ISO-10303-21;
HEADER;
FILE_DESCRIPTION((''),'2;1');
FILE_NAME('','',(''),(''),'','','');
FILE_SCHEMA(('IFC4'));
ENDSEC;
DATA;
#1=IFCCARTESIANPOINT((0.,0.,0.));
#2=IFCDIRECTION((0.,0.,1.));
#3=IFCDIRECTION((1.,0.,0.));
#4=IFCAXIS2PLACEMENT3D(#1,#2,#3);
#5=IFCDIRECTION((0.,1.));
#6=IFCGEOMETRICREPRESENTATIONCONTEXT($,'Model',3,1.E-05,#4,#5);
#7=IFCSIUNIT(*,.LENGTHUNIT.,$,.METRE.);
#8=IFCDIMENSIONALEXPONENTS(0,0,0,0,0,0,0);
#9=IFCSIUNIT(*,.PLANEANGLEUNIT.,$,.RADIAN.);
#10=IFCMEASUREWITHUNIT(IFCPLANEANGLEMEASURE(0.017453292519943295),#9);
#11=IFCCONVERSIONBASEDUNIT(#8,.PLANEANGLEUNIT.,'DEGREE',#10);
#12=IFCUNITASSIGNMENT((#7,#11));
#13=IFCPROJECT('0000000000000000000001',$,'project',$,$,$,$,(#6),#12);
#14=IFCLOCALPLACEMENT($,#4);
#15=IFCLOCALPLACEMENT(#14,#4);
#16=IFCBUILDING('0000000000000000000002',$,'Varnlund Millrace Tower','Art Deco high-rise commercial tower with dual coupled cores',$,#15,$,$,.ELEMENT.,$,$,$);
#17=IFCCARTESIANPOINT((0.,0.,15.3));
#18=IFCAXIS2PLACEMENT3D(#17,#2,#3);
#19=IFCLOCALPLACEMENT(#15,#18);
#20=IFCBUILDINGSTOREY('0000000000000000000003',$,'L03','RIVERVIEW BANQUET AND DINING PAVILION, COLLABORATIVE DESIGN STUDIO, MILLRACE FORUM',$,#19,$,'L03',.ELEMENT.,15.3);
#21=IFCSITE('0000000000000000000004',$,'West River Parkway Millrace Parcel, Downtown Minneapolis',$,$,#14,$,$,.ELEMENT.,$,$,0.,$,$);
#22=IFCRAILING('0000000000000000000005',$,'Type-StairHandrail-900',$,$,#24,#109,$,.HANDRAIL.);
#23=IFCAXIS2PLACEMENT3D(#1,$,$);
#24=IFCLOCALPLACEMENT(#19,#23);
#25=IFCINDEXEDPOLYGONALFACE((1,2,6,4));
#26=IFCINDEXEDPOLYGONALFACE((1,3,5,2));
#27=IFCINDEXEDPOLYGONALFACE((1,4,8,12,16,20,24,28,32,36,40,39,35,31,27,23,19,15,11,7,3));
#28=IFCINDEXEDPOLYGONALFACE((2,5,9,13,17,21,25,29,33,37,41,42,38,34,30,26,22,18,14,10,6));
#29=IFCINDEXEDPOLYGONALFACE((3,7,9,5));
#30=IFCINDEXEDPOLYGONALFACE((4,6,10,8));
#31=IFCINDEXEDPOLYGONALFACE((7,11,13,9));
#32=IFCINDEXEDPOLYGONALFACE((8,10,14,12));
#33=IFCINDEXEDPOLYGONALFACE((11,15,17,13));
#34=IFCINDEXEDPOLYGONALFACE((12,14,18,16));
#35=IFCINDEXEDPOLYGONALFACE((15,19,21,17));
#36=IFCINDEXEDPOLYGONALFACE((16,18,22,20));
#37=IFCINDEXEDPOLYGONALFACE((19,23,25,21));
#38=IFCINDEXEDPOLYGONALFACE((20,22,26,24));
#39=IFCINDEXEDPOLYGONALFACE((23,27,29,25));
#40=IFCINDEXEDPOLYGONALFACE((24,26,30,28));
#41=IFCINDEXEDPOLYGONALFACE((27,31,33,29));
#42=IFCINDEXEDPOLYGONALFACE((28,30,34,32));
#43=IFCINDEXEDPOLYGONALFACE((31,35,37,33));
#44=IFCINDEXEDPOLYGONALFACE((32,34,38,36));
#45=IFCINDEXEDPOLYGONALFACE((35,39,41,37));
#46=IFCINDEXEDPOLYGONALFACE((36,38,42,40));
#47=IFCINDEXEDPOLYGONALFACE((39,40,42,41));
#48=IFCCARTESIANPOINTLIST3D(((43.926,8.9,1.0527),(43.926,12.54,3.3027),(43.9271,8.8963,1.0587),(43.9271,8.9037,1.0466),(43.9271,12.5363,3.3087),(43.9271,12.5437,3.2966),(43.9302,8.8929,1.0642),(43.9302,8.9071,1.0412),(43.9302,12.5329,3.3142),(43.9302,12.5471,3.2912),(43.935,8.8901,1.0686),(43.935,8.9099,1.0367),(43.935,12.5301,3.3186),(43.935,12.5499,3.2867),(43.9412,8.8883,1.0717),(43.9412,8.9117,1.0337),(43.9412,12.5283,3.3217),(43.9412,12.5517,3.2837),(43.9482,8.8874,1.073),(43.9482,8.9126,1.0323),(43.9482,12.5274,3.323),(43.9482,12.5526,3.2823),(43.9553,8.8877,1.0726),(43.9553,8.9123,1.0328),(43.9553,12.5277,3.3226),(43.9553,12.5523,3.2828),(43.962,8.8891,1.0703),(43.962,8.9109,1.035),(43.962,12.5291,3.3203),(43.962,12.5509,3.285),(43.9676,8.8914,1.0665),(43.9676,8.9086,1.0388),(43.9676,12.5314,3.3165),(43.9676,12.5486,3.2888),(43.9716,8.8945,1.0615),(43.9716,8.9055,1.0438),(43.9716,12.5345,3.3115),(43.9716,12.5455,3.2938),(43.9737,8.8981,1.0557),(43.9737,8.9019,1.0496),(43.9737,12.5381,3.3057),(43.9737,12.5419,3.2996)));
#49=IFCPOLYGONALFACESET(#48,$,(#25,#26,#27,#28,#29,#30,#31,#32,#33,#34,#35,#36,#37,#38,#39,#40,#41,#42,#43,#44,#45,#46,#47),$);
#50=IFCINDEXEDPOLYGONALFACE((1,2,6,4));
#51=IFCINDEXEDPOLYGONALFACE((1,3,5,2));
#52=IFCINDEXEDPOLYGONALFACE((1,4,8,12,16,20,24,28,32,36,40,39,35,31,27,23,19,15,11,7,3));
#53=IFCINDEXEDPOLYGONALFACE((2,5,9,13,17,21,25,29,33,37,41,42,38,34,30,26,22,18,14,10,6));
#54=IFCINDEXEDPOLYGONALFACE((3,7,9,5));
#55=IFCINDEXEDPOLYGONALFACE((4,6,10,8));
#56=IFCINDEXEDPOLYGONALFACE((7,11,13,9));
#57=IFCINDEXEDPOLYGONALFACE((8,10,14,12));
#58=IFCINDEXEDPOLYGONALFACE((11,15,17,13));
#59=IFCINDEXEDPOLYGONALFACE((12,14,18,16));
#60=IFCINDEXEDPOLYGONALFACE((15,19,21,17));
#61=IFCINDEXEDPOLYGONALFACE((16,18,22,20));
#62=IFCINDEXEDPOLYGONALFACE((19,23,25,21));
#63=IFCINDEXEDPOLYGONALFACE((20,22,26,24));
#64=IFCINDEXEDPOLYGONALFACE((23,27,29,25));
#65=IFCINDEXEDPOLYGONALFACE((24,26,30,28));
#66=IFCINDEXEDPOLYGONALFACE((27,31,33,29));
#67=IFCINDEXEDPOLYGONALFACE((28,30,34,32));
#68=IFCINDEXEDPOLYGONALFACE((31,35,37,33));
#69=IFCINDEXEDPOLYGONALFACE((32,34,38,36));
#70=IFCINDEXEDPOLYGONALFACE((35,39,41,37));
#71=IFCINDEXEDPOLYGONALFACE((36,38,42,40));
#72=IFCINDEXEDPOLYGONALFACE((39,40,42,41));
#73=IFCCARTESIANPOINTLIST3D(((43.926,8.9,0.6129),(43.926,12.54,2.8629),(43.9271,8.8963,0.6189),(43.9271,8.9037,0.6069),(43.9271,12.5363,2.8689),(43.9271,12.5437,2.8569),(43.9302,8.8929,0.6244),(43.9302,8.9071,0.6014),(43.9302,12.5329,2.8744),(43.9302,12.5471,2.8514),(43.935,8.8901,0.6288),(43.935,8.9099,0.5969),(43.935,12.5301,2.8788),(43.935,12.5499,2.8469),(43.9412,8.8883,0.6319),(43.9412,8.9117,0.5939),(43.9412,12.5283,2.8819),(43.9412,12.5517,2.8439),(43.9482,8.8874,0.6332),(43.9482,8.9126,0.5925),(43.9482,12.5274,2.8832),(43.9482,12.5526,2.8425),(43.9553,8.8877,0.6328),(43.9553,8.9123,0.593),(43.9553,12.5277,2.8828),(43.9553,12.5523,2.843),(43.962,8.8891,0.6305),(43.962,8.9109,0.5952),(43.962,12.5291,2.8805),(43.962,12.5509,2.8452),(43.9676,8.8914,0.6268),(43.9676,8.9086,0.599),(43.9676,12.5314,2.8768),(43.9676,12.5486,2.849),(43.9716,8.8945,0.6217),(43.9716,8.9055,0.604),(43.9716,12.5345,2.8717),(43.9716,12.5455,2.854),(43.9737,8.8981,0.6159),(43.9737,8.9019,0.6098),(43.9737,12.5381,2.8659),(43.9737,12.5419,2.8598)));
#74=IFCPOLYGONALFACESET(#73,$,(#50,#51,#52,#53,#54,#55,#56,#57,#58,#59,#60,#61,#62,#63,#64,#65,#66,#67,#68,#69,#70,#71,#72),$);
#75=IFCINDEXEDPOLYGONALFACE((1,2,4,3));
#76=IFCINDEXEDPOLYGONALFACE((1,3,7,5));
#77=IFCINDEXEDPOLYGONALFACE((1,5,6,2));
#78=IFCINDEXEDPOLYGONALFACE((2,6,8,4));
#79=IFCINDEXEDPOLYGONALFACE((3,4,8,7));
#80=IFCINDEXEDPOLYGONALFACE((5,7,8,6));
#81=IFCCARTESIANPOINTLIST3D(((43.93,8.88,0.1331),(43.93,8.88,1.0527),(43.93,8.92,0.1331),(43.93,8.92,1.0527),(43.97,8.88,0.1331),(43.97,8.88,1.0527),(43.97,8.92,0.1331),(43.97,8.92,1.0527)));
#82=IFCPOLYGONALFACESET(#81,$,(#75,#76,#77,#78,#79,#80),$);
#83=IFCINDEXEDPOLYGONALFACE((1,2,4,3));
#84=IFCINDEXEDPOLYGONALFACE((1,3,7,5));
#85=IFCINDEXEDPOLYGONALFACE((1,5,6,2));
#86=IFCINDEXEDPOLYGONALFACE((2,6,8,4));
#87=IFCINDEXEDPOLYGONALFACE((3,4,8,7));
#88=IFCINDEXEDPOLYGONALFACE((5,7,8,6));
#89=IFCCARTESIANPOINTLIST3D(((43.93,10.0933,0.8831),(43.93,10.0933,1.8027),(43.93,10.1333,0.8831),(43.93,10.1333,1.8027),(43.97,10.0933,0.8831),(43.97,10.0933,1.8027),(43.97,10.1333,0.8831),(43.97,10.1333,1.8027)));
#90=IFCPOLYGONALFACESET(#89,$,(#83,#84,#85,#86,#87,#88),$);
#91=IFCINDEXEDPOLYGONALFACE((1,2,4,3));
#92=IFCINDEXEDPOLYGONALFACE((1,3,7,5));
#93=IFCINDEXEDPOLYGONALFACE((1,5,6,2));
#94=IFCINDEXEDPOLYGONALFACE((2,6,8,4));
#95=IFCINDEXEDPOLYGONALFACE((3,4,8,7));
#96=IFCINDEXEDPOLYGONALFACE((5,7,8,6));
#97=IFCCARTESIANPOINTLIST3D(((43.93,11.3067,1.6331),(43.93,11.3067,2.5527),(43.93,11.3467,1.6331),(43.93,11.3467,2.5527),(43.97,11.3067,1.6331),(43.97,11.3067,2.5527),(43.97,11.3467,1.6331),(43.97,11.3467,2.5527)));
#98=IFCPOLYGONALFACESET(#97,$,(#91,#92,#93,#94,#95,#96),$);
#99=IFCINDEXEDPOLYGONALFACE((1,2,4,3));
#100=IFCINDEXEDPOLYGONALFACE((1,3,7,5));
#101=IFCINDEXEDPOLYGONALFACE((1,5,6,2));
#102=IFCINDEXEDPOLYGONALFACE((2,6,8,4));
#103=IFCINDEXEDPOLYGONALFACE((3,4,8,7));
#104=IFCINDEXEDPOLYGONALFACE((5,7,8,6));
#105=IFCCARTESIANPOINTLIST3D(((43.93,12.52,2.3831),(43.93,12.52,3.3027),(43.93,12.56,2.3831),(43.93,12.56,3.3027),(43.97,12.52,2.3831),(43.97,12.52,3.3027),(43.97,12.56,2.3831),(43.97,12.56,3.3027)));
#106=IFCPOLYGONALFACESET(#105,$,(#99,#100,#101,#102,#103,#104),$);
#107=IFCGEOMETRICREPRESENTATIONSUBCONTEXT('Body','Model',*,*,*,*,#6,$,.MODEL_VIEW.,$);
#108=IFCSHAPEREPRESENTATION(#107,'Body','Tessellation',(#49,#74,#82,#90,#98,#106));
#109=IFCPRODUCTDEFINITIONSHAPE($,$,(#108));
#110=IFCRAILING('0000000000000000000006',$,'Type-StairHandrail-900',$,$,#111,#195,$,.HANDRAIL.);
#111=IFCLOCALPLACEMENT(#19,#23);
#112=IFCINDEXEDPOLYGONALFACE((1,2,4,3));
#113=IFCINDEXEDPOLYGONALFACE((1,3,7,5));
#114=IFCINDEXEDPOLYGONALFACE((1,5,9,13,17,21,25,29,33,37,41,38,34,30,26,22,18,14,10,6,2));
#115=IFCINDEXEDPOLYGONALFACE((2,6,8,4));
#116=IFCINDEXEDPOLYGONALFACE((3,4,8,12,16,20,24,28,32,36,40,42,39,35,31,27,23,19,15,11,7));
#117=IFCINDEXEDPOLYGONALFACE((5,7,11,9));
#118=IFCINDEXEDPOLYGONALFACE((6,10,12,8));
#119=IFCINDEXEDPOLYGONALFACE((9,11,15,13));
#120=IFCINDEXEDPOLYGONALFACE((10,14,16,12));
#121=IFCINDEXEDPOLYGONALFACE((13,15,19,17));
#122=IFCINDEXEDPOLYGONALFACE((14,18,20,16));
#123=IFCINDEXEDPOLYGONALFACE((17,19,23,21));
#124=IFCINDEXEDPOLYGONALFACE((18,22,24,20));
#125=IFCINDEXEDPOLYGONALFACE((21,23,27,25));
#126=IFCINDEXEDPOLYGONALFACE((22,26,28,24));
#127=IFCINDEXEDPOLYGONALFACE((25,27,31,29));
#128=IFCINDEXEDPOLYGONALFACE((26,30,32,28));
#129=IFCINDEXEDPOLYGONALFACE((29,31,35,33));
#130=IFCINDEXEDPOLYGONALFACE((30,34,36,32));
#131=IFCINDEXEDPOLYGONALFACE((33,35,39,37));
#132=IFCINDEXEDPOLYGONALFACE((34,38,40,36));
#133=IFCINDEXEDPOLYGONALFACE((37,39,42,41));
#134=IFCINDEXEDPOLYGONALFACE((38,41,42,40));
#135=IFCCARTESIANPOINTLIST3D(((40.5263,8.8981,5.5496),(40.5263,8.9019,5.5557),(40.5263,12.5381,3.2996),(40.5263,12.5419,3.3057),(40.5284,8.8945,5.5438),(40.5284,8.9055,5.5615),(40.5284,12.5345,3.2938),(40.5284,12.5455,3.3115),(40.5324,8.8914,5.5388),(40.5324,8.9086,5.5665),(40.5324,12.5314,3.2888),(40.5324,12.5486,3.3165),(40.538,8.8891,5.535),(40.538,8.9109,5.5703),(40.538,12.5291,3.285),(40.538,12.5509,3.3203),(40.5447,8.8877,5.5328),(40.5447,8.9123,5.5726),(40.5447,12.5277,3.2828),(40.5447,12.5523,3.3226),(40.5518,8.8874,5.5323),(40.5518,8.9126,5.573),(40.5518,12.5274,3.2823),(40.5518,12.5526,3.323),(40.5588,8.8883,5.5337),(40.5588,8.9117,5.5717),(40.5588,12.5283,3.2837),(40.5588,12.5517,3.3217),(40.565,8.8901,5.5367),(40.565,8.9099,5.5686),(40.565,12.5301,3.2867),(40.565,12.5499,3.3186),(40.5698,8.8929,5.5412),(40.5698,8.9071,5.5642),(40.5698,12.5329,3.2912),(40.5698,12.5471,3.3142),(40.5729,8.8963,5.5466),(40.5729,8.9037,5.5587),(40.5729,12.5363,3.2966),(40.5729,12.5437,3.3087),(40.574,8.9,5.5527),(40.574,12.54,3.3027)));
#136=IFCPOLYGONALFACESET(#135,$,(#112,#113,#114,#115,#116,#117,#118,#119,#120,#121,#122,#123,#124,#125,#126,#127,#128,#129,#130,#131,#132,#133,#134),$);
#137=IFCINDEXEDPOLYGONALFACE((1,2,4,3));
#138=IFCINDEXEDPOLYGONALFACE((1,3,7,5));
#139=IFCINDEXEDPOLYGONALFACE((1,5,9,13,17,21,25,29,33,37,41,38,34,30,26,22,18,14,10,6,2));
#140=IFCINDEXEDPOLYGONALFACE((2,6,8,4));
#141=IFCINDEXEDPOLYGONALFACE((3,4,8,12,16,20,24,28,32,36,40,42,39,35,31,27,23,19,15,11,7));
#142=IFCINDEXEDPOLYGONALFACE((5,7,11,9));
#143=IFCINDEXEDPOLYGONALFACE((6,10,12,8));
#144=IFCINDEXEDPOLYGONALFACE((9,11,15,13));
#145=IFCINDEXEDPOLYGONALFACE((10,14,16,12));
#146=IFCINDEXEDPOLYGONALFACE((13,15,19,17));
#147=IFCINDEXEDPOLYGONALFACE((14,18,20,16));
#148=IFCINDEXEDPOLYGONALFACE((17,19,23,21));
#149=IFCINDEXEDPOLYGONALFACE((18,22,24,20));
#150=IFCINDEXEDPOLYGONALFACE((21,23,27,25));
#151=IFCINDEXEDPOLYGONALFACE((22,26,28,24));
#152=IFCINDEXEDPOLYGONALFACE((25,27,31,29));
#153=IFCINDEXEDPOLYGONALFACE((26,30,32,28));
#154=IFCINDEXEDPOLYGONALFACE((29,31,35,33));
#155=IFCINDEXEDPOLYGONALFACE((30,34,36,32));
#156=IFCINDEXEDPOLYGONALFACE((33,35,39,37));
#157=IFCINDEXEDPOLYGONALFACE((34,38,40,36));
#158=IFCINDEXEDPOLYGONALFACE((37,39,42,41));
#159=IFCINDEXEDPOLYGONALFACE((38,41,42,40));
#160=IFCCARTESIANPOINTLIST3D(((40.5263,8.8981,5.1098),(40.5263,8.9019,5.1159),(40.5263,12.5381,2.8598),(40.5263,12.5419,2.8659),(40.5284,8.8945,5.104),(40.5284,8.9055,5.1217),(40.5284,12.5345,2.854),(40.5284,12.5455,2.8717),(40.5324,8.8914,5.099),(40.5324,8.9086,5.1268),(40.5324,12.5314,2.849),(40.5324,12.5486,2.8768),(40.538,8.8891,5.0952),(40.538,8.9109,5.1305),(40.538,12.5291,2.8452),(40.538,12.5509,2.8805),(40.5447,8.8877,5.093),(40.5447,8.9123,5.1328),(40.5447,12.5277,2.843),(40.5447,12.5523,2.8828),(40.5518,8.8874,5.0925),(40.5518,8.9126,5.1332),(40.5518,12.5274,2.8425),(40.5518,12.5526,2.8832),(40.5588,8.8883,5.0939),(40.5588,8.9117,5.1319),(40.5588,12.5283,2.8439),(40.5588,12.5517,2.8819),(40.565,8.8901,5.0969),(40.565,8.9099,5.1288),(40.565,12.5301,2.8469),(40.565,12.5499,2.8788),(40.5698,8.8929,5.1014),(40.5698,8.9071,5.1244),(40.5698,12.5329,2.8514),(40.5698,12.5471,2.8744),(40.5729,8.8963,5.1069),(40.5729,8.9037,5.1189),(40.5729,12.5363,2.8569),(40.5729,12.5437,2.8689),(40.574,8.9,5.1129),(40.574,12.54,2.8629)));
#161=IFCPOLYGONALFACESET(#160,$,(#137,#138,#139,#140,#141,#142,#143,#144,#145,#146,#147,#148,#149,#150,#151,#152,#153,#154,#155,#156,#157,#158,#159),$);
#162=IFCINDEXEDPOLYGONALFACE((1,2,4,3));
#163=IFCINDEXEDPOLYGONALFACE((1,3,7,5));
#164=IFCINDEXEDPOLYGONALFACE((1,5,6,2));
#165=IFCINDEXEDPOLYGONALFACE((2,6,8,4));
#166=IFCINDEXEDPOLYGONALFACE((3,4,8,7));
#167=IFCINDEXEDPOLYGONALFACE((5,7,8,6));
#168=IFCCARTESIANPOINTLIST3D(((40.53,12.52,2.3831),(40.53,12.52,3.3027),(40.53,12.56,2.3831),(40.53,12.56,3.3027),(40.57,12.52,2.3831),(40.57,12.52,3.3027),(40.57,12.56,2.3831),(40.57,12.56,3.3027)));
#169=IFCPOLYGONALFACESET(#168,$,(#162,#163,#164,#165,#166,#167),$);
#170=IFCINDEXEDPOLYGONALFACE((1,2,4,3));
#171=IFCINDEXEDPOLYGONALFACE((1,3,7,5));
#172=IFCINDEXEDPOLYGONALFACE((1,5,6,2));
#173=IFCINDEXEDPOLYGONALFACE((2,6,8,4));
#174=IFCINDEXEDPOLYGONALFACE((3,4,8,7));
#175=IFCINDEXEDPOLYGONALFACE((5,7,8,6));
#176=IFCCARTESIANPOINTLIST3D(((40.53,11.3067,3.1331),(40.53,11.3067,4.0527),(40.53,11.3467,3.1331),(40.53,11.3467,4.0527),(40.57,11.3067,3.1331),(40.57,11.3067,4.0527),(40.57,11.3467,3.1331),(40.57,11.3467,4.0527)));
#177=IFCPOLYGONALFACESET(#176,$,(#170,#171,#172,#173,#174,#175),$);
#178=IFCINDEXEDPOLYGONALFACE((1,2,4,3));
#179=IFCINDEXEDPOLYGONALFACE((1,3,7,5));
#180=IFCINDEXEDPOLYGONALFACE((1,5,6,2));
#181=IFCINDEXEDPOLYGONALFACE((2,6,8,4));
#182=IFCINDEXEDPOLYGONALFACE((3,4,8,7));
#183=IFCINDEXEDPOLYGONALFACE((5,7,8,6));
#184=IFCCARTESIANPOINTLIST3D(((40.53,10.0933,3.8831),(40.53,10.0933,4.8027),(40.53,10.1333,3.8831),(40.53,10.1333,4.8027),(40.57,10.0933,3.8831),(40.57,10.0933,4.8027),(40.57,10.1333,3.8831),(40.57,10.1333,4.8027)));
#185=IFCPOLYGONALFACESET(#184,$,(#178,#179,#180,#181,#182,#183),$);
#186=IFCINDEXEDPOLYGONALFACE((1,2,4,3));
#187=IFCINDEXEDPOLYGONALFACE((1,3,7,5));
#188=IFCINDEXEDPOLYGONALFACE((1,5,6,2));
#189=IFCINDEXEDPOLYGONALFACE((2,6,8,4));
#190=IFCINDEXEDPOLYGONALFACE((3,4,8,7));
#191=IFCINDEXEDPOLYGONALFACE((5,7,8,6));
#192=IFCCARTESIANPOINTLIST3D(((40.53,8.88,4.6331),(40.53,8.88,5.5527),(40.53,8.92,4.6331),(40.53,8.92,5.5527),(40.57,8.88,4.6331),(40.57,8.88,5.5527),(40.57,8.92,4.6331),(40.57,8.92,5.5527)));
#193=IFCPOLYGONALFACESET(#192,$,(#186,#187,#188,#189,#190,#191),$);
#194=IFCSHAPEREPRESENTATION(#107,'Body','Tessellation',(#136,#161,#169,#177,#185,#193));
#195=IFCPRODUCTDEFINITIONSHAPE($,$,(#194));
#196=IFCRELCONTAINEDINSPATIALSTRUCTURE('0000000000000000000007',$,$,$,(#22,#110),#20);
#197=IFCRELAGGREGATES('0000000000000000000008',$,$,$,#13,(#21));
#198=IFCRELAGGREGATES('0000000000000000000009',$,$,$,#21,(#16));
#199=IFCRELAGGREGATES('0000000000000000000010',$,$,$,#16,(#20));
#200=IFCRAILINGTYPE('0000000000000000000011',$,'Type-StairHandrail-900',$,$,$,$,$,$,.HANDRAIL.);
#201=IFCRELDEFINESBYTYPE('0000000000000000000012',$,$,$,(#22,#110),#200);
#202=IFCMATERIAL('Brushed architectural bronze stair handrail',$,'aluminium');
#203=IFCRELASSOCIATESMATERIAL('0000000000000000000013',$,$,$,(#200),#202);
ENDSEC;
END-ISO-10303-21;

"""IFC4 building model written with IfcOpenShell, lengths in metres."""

from ifc_helpers import new_model, entity, si_unit, converted_unit, direction, frame, origin_with_axes, origin_2d_with_axis, place, context, subcontext, project, spatial, rectangle, circle, extrude, material, type_object, element, save


model = new_model("IFC4")

# Units and contexts
model_context = context("Model", 3, precision=1e-05, world=origin_with_axes(), true_north=direction((0.0, 1.0)))
body_context = subcontext(model_context, "Body", "Model", "MODEL_VIEW")
ifc_project = project(units=[si_unit("LENGTHUNIT", "METRE"), converted_unit("PLANEANGLEUNIT", "DEGREE", entity("IfcPlaneAngleMeasure", 0.017453292519943295), si_unit("PLANEANGLEUNIT", "RADIAN"), dimensions=[0, 0, 0, 0, 0, 0, 0])], contexts=[model_context])

# Site, building, storey
site_placement = place(None, origin_with_axes())
site = spatial("IfcSite", under=ifc_project, at=site_placement, Name="West River Parkway Millrace Parcel, Downtown Minneapolis", CompositionType="ELEMENT", RefElevation=0.0)
building_placement = place(site_placement, origin_with_axes())
building = spatial("IfcBuilding", under=site, at=building_placement, Name="Varnlund Millrace Tower", Description="Art Deco high-rise commercial tower with dual coupled cores", CompositionType="ELEMENT")
storey_placement = place(building_placement, frame((0.0, 0.0, 15.3), z_axis=(0.0, 0.0, 1.0), x_axis=(1.0, 0.0, 0.0)))
storey = spatial("IfcBuildingStorey", under=building, at=storey_placement, Name="L03", Description="RIVERVIEW BANQUET AND DINING PAVILION, COLLABORATIVE DESIGN STUDIO, MILLRACE FORUM", LongName="L03", CompositionType="ELEMENT", Elevation=15.3)

# Railings
ifc_material_1 = material(Name="Brushed architectural bronze stair handrail", Category="aluminium")
railing_type_1 = type_object("IfcRailingType", Name="Type-StairHandrail-900", PredefinedType="HANDRAIL", material=ifc_material_1)
railing_1_placement = place(storey_placement, frame((0.0, 0.0, -15.3), z_axis=(0.0, 0.0, 1.0), x_axis=(1.0, 0.0, 0.0)))
element("IfcRailing", 1, at=railing_1_placement, inside=storey, type_object=railing_type_1, Name="Type-StairHandrail-900", PredefinedType="HANDRAIL", context=body_context, shape_type="SweptSolid", body=[
    extrude(circle(Radius=0.024, at=origin_2d_with_axis()), frame((43.95, 8.9, 16.3527), z_axis=(0.0, 0.850614, 0.525791), x_axis=(-1.0, 0.0, 0.0)), (0.0, 0.0, 1.0), 4.2793),
    extrude(circle(Radius=0.024, at=origin_2d_with_axis()), frame((43.95, 8.9, 15.9129), z_axis=(0.0, 0.850614, 0.525791), x_axis=(-1.0, 0.0, 0.0)), (0.0, 0.0, 1.0), 4.2793),
    extrude(rectangle(XDim=0.04, YDim=0.04, at=origin_2d_with_axis()), frame((43.95, 8.9, 15.4331), z_axis=(0.0, 0.0, 1.0), x_axis=(1.0, 0.0, 0.0)), (0.0, 0.0, 1.0), 0.9196),
    extrude(rectangle(XDim=0.04, YDim=0.04, at=origin_2d_with_axis()), frame((43.95, 10.1133, 16.1831), z_axis=(0.0, 0.0, 1.0), x_axis=(1.0, 0.0, 0.0)), (0.0, 0.0, 1.0), 0.9196),
    extrude(rectangle(XDim=0.04, YDim=0.04, at=origin_2d_with_axis()), frame((43.95, 11.3267, 16.9331), z_axis=(0.0, 0.0, 1.0), x_axis=(1.0, 0.0, 0.0)), (0.0, 0.0, 1.0), 0.9196),
    extrude(rectangle(XDim=0.04, YDim=0.04, at=origin_2d_with_axis()), frame((43.95, 12.54, 17.6831), z_axis=(0.0, 0.0, 1.0), x_axis=(1.0, 0.0, 0.0)), (0.0, 0.0, 1.0), 0.9196),
])
railing_2_placement = place(storey_placement, frame((0.0, 0.0, -15.3), z_axis=(0.0, 0.0, 1.0), x_axis=(1.0, 0.0, 0.0)))
element("IfcRailing", 2, at=railing_2_placement, inside=storey, type_object=railing_type_1, Name="Type-StairHandrail-900", PredefinedType="HANDRAIL", context=body_context, shape_type="SweptSolid", body=[
    extrude(circle(Radius=0.024, at=origin_2d_with_axis()), frame((40.55, 12.54, 18.6027), z_axis=(0.0, -0.850614, 0.525791), x_axis=(1.0, 0.0, 0.0)), (0.0, 0.0, 1.0), 4.2793),
    extrude(circle(Radius=0.024, at=origin_2d_with_axis()), frame((40.55, 12.54, 18.1629), z_axis=(0.0, -0.850614, 0.525791), x_axis=(1.0, 0.0, 0.0)), (0.0, 0.0, 1.0), 4.2793),
    extrude(rectangle(XDim=0.04, YDim=0.04, at=origin_2d_with_axis()), frame((40.55, 12.54, 17.6831), z_axis=(0.0, 0.0, 1.0), x_axis=(1.0, 0.0, 0.0)), (0.0, 0.0, 1.0), 0.9196),
    extrude(rectangle(XDim=0.04, YDim=0.04, at=origin_2d_with_axis()), frame((40.55, 11.3267, 18.4331), z_axis=(0.0, 0.0, 1.0), x_axis=(1.0, 0.0, 0.0)), (0.0, 0.0, 1.0), 0.9196),
    extrude(rectangle(XDim=0.04, YDim=0.04, at=origin_2d_with_axis()), frame((40.55, 10.1133, 19.1831), z_axis=(0.0, 0.0, 1.0), x_axis=(1.0, 0.0, 0.0)), (0.0, 0.0, 1.0), 0.9196),
    extrude(rectangle(XDim=0.04, YDim=0.04, at=origin_2d_with_axis()), frame((40.55, 8.9, 19.9331), z_axis=(0.0, 0.0, 1.0), x_axis=(1.0, 0.0, 0.0)), (0.0, 0.0, 1.0), 0.9196),
])

save(model, "model.ifc")
